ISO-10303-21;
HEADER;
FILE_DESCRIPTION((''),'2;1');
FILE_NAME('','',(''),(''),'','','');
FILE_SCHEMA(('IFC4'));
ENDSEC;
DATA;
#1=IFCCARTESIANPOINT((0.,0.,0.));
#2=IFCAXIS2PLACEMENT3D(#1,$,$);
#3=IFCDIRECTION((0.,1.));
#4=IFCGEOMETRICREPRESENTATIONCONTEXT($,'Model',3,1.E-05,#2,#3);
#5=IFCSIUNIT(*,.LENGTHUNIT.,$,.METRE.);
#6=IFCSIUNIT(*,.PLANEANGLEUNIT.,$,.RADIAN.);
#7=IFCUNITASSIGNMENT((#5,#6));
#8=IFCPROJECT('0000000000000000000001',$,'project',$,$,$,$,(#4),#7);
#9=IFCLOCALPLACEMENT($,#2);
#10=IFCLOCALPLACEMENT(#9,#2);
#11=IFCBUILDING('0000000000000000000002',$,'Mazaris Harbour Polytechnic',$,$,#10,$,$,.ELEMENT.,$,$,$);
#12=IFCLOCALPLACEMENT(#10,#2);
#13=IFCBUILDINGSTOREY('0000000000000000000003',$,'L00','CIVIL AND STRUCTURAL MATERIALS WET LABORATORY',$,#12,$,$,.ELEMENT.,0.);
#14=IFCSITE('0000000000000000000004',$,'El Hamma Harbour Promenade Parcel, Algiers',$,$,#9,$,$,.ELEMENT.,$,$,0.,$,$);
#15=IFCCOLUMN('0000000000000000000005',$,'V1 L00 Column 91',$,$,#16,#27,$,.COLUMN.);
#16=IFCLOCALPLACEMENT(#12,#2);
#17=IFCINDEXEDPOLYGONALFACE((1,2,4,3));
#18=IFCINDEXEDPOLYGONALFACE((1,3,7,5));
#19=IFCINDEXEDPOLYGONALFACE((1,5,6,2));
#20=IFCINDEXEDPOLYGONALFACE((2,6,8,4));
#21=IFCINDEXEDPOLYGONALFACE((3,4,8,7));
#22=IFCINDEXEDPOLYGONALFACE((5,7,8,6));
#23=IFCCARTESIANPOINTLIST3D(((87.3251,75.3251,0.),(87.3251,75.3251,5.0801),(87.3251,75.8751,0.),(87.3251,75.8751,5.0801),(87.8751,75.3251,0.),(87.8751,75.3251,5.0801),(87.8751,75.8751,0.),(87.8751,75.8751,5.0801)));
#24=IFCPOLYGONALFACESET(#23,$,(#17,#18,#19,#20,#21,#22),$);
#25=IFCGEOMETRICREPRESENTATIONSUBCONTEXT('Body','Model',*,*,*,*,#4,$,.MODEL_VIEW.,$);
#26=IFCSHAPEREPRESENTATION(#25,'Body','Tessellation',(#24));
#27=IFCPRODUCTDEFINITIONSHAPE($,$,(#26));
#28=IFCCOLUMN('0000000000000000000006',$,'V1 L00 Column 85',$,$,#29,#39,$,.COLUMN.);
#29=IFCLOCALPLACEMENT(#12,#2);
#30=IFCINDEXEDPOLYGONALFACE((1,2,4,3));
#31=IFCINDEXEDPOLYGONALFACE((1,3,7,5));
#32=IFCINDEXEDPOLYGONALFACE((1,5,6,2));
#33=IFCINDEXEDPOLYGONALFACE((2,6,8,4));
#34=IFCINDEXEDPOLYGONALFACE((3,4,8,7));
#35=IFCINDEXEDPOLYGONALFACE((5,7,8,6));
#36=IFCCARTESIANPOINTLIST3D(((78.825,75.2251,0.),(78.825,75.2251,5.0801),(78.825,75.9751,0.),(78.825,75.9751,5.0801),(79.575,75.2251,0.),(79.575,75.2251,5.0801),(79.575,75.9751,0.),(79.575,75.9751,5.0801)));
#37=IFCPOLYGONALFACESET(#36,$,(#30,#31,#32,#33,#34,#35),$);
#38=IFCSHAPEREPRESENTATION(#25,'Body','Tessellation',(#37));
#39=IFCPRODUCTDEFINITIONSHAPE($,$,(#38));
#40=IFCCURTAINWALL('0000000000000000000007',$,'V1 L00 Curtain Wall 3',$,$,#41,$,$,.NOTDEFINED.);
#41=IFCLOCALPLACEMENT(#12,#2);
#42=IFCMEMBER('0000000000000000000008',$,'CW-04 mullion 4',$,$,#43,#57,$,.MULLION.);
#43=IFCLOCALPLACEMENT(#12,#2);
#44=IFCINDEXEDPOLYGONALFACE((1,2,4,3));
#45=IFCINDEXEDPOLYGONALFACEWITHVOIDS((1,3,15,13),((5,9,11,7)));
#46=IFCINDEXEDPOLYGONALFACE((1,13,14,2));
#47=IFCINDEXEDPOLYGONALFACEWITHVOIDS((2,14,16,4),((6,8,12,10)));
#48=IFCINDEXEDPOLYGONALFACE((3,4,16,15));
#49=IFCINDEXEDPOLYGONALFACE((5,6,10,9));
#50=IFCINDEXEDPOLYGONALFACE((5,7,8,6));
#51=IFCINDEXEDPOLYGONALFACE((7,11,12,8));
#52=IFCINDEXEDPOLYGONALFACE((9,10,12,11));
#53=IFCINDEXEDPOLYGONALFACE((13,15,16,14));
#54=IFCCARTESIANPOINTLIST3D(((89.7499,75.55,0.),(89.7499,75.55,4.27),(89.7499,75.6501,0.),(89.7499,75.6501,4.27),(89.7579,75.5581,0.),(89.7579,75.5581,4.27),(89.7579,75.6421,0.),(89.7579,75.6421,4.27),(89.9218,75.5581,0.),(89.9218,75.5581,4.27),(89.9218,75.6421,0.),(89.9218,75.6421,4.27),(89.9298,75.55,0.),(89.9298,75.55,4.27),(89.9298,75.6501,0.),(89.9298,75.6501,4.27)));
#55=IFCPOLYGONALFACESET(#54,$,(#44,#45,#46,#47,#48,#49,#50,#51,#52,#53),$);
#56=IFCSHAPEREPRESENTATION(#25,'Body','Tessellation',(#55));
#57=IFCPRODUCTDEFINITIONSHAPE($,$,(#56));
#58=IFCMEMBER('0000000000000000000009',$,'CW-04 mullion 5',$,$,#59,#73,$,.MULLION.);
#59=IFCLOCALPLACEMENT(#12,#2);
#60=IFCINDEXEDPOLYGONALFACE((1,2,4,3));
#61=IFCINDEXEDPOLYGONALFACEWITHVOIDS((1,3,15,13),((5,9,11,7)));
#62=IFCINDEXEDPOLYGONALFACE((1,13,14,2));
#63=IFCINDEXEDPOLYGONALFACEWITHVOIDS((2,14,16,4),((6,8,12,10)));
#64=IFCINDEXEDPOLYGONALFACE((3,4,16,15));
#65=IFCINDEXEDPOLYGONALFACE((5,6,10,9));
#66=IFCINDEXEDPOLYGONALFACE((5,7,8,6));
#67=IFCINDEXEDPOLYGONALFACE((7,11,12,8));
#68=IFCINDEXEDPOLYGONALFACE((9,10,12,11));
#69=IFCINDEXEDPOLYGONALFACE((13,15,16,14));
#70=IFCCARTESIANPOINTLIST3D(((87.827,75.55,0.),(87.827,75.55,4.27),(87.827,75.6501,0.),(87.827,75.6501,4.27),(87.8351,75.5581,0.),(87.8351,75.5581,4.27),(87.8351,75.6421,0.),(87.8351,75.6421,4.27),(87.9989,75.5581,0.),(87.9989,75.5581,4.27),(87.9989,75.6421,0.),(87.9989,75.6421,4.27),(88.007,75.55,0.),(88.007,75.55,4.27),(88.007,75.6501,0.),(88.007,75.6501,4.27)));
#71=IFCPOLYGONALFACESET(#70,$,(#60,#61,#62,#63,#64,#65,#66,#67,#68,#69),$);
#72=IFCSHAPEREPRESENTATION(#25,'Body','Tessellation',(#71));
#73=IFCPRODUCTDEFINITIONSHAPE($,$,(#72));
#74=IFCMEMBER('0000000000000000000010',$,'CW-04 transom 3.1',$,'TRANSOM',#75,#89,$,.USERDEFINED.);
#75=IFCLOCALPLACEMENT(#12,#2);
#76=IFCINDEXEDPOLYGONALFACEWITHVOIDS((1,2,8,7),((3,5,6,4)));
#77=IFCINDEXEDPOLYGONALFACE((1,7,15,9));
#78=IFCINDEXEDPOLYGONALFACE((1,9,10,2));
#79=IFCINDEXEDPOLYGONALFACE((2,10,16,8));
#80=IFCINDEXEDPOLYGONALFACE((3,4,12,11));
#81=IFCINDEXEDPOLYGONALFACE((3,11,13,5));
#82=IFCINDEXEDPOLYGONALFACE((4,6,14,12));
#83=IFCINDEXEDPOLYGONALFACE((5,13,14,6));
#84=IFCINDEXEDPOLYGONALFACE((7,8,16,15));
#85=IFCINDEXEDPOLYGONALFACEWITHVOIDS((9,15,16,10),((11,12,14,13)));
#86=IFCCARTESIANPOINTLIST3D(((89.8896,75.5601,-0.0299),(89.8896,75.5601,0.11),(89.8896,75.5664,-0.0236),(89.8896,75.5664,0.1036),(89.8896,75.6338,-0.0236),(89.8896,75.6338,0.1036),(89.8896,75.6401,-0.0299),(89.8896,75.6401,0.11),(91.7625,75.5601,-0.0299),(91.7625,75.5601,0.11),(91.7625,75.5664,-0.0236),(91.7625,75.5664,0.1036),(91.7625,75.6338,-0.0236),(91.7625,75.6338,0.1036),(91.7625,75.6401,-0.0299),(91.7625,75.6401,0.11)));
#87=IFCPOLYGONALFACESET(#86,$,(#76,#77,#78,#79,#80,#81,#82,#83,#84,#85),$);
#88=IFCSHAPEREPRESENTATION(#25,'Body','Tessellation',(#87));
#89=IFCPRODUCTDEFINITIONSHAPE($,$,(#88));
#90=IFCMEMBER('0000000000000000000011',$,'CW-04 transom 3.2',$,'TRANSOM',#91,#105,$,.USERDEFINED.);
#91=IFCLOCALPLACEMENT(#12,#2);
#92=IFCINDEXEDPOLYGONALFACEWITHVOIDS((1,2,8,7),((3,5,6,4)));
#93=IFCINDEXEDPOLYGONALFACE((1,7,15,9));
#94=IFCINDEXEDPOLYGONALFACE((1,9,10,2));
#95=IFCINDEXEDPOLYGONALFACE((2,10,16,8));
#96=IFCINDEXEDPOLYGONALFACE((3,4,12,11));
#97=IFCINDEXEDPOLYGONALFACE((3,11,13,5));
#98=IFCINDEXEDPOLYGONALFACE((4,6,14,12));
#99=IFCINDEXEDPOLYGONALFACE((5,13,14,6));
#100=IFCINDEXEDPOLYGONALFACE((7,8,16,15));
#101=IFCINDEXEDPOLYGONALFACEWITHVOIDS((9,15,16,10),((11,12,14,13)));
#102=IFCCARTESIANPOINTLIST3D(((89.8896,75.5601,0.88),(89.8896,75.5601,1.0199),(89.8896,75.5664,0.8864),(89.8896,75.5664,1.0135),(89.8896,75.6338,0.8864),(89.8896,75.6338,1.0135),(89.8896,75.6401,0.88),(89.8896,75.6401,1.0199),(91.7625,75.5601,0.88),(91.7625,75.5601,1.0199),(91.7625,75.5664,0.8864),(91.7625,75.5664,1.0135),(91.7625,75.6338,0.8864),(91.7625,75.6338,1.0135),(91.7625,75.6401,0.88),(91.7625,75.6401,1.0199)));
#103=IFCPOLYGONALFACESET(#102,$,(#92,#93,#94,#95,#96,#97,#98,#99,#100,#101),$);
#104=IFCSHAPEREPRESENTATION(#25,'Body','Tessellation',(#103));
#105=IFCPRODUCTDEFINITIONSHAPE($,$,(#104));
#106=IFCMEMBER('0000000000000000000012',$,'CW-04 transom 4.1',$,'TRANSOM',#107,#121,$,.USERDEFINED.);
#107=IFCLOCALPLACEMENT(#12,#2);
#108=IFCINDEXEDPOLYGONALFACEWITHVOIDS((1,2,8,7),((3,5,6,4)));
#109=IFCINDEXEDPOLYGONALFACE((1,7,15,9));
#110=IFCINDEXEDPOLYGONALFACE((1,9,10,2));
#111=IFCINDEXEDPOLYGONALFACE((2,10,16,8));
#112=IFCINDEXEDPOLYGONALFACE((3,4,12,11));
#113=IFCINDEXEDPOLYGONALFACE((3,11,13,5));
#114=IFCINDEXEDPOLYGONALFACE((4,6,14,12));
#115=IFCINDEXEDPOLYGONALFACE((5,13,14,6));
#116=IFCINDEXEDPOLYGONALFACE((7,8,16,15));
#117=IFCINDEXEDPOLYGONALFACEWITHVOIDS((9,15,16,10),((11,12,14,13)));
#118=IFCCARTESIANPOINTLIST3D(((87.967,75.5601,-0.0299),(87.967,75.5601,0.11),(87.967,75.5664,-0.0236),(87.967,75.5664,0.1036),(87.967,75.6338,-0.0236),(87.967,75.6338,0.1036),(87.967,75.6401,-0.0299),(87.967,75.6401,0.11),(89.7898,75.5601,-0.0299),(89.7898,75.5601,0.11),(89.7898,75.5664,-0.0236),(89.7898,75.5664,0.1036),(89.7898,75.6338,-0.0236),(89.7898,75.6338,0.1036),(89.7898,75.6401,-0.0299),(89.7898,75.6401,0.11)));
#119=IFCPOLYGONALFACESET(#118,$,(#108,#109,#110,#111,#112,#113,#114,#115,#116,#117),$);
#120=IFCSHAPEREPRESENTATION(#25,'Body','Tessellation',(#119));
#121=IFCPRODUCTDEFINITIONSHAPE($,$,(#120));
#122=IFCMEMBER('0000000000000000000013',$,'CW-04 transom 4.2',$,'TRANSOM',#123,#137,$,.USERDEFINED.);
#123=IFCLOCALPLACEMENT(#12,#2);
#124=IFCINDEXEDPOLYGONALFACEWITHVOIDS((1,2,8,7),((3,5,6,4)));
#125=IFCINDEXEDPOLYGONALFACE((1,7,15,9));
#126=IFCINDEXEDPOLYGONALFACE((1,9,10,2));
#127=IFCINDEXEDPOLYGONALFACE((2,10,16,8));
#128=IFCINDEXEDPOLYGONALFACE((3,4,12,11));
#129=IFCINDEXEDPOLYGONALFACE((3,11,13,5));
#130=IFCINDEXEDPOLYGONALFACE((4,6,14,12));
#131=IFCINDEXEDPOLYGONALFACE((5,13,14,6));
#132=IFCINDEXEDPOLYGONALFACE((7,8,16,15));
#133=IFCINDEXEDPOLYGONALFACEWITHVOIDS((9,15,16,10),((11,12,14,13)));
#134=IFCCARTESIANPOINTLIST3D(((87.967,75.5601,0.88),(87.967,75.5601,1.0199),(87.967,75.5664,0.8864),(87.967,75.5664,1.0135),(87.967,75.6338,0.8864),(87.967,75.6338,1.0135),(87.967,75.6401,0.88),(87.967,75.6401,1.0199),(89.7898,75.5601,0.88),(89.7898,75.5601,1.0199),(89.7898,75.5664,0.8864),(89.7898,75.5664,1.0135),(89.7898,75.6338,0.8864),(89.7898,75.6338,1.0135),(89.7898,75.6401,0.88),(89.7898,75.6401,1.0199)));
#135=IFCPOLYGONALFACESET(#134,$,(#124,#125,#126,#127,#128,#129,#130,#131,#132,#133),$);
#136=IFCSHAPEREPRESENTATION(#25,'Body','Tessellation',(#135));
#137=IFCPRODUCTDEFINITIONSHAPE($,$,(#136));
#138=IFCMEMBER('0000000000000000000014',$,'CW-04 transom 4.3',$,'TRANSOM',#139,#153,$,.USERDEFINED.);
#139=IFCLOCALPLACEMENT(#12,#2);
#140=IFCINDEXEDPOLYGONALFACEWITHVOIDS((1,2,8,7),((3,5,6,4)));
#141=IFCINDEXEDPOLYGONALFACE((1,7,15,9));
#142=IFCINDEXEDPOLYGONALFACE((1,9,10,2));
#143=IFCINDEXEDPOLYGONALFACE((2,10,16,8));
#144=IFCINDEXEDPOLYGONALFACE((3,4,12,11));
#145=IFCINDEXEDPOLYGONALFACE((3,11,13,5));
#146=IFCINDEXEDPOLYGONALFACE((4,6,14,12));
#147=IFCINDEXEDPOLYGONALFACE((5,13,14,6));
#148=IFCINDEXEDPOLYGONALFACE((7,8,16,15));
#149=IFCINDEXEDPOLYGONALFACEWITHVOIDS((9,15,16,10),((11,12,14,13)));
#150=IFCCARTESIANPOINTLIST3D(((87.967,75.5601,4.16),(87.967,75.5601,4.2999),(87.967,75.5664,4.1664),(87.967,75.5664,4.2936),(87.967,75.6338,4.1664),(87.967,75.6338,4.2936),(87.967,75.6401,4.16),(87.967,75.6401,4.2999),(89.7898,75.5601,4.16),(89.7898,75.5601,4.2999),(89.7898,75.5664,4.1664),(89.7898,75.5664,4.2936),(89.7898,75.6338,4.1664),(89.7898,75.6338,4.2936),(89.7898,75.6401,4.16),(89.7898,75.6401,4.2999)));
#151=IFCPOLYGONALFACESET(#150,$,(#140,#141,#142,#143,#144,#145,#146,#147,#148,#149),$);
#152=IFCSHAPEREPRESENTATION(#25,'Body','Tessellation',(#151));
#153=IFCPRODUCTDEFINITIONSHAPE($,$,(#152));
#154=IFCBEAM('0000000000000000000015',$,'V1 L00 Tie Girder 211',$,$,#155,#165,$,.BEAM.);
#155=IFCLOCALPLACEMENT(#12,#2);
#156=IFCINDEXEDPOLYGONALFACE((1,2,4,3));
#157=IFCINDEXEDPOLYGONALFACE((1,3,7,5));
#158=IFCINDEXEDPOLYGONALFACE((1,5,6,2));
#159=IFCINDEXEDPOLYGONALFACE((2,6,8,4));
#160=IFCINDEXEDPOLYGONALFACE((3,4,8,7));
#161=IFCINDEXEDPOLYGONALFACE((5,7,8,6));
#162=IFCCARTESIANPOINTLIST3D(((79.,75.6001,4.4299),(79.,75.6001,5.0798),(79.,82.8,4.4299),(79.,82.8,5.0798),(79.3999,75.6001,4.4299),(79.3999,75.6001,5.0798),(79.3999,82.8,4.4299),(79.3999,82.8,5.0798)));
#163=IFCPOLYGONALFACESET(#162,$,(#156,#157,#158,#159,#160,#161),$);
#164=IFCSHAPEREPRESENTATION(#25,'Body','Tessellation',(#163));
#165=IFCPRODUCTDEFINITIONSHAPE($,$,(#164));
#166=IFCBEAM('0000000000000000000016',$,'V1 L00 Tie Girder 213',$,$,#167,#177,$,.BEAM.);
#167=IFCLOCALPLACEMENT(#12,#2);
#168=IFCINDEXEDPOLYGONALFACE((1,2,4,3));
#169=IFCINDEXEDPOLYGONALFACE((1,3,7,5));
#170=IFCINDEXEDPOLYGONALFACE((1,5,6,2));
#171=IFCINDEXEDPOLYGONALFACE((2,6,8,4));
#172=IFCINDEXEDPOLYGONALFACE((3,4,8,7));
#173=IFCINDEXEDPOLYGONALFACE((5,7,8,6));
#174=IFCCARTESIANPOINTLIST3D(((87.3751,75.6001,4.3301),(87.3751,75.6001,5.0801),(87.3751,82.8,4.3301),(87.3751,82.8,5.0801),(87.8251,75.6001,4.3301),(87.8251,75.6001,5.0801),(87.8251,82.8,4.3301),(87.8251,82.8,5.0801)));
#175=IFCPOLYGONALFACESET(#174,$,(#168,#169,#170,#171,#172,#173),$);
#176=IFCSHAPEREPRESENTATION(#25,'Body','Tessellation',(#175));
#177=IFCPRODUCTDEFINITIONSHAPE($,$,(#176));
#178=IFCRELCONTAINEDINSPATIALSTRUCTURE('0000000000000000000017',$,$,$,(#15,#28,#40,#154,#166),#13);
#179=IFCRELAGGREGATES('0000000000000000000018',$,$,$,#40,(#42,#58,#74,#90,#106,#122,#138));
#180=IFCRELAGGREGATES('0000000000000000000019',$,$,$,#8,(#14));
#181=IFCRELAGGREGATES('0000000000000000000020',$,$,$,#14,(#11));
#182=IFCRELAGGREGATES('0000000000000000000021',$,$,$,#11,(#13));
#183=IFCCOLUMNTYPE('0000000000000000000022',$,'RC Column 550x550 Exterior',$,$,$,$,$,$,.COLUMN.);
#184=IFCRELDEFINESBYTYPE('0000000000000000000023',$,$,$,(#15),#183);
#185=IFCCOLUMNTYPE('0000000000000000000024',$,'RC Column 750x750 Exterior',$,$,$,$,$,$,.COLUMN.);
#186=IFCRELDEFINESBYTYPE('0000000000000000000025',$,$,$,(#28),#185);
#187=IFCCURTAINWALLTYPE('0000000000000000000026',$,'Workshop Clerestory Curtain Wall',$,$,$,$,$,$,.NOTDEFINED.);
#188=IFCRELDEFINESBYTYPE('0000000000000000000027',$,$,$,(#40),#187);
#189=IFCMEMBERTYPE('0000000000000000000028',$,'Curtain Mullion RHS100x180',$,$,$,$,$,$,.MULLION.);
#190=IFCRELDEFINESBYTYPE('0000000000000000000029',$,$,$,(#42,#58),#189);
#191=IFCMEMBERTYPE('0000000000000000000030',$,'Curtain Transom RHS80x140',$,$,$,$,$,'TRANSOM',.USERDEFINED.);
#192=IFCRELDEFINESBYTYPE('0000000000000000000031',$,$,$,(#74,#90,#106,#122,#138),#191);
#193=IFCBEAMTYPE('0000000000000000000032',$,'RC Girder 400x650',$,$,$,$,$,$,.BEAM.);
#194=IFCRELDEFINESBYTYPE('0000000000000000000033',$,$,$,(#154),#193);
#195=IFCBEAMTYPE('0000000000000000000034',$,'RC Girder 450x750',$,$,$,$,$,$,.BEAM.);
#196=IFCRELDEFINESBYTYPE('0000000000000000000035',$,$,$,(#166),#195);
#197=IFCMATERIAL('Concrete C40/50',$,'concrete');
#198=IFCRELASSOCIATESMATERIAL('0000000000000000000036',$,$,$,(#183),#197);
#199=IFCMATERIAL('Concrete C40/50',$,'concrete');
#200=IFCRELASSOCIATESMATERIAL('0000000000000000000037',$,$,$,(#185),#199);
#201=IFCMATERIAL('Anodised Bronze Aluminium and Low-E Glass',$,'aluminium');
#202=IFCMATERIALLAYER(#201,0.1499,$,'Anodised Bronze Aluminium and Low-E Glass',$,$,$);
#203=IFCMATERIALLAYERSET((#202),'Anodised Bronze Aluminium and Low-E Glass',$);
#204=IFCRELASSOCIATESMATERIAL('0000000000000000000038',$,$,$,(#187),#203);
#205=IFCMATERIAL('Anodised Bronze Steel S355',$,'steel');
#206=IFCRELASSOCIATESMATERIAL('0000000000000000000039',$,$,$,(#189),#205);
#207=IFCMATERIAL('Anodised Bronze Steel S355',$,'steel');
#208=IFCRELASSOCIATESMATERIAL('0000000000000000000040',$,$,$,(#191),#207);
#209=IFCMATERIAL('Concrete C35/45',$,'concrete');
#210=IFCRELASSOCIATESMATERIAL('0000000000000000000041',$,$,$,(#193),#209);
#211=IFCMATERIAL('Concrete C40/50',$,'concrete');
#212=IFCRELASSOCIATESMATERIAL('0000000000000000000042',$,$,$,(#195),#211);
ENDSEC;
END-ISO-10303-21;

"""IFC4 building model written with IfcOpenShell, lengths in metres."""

from ifc_helpers import new_model, si_unit, direction, frame, origin, origin_2d, place, context, subcontext, project, spatial, rectangle, hollow_rectangle, extrude, material, layer, layer_set, material_profile, profile_set, type_object, element, aggregate, save


model = new_model("IFC4")

# Units and contexts
model_context = context("Model", 3, precision=1e-05, world=origin(), true_north=direction((0.0, 1.0)))
body_context = subcontext(model_context, "Body", "Model", "MODEL_VIEW")
ifc_project = project(units=[si_unit("LENGTHUNIT", "METRE"), si_unit("PLANEANGLEUNIT", "RADIAN")], contexts=[model_context])

# Site, building, storey
site_placement = place(None, origin())
site = spatial("IfcSite", under=ifc_project, at=site_placement, Name="El Hamma Harbour Promenade Parcel, Algiers", CompositionType="ELEMENT", RefElevation=0.0)
building_placement = place(site_placement, origin())
building = spatial("IfcBuilding", under=site, at=building_placement, Name="Mazaris Harbour Polytechnic", CompositionType="ELEMENT")
storey_placement = place(building_placement, origin())
storey = spatial("IfcBuildingStorey", under=building, at=storey_placement, Name="L00", Description="CIVIL AND STRUCTURAL MATERIALS WET LABORATORY", CompositionType="ELEMENT", Elevation=0.0)

# Columns
ifc_material_1 = material(Name="Concrete C40/50", Category="concrete")
ifc_material_profile_1 = material_profile(ifc_material_1, rectangle(XDim=0.55, YDim=0.55, at=origin_2d()), Name="RECT550x550")
ifc_profile_set_1 = profile_set([ifc_material_profile_1], Name="Concrete C40/50")
column_type_1 = type_object("IfcColumnType", Name="RC Column 550x550 Exterior", PredefinedType="COLUMN", material=ifc_profile_set_1)
column_1_placement = place(storey_placement, frame((87.6001, 75.6001, 0.0), z_axis=(0.0, 0.0, 1.0), x_axis=(1.0, 0.0, 0.0)))
element("IfcColumn", 1, at=column_1_placement, inside=storey, type_object=column_type_1, Name="V1 L00 Column 91", PredefinedType="COLUMN", context=body_context, shape_type="SweptSolid", body=[
    extrude(rectangle(XDim=0.55, YDim=0.55, at=origin_2d()), origin(), (0.0, 0.0, 1.0), 5.0801),
])
ifc_material_2 = material(Name="Concrete C40/50", Category="concrete")
ifc_material_profile_2 = material_profile(ifc_material_2, rectangle(XDim=0.75, YDim=0.75, at=origin_2d()), Name="RECT750x750")
ifc_profile_set_2 = profile_set([ifc_material_profile_2], Name="Concrete C40/50")
column_type_2 = type_object("IfcColumnType", Name="RC Column 750x750 Exterior", PredefinedType="COLUMN", material=ifc_profile_set_2)
column_2_placement = place(storey_placement, frame((79.2, 75.6001, 0.0), z_axis=(0.0, 0.0, 1.0), x_axis=(1.0, 0.0, 0.0)))
element("IfcColumn", 2, at=column_2_placement, inside=storey, type_object=column_type_2, Name="V1 L00 Column 85", PredefinedType="COLUMN", context=body_context, shape_type="SweptSolid", body=[
    extrude(rectangle(XDim=0.75, YDim=0.75, at=origin_2d()), origin(), (0.0, 0.0, 1.0), 5.0801),
])

# Curtain wall, members
ifc_material_3 = material(Name="Anodised Bronze Aluminium and Low-E Glass", Category="aluminium")
ifc_layer_1 = layer(ifc_material_3, 0.1499, Name="Anodised Bronze Aluminium and Low-E Glass")
ifc_layer_set_1 = layer_set([ifc_layer_1], Name="Anodised Bronze Aluminium and Low-E Glass")
curtain_wall_type = type_object("IfcCurtainWallType", Name="Workshop Clerestory Curtain Wall", PredefinedType="NOTDEFINED", material=ifc_layer_set_1)
curtain_wall_placement = place(storey_placement, origin())
curtain_wall = element("IfcCurtainWall", 3, at=curtain_wall_placement, inside=storey, type_object=curtain_wall_type, Name="V1 L00 Curtain Wall 3", PredefinedType="NOTDEFINED")
ifc_material_4 = material(Name="Anodised Bronze Steel S355", Category="steel")
ifc_material_profile_3 = material_profile(ifc_material_4, hollow_rectangle(XDim=0.1001, YDim=0.1799, WallThickness=0.0081, at=origin_2d()), Name="RHS 100x180x8.0")
ifc_profile_set_3 = profile_set([ifc_material_profile_3], Name="Anodised Bronze Steel S355")
member_type_1 = type_object("IfcMemberType", Name="Curtain Mullion RHS100x180", PredefinedType="MULLION", material=ifc_profile_set_3)
member_1_placement = place(storey_placement, frame((89.8398, 75.6001, 0.0), z_axis=(0.0, 0.0, 1.0), x_axis=(0.0, -1.0, 0.0)))
member_1 = element("IfcMember", 4, at=member_1_placement, type_object=member_type_1, Name="CW-04 mullion 4", PredefinedType="MULLION", context=body_context, shape_type="SweptSolid", body=[
    extrude(hollow_rectangle(XDim=0.1001, YDim=0.1799, WallThickness=0.0081, at=origin_2d()), origin(), (0.0, 0.0, 1.0), 4.27),
])
member_2_placement = place(storey_placement, frame((87.917, 75.6001, 0.0), z_axis=(0.0, 0.0, 1.0), x_axis=(0.0, -1.0, 0.0)))
member_2 = element("IfcMember", 5, at=member_2_placement, type_object=member_type_1, Name="CW-04 mullion 5", PredefinedType="MULLION", context=body_context, shape_type="SweptSolid", body=[
    extrude(hollow_rectangle(XDim=0.1001, YDim=0.1799, WallThickness=0.0081, at=origin_2d()), origin(), (0.0, 0.0, 1.0), 4.27),
])
ifc_material_5 = material(Name="Anodised Bronze Steel S355", Category="steel")
ifc_material_profile_4 = material_profile(ifc_material_5, hollow_rectangle(XDim=0.0801, YDim=0.1399, WallThickness=0.0063, at=origin_2d()), Name="RHS 80x140x6.3")
ifc_profile_set_4 = profile_set([ifc_material_profile_4], Name="Anodised Bronze Steel S355")
member_type_2 = type_object("IfcMemberType", Name="Curtain Transom RHS80x140", ElementType="TRANSOM", PredefinedType="USERDEFINED", material=ifc_profile_set_4)
member_3_placement = place(storey_placement, frame((91.7625, 75.6001, 0.04), z_axis=(-1.0, 0.0, 0.0), x_axis=(0.0, -1.0, 0.0)))
member_3 = element("IfcMember", 6, at=member_3_placement, type_object=member_type_2, Name="CW-04 transom 3.1", ObjectType="TRANSOM", PredefinedType="USERDEFINED", context=body_context, shape_type="SweptSolid", body=[
    extrude(hollow_rectangle(XDim=0.0801, YDim=0.1399, WallThickness=0.0063, at=origin_2d()), origin(), (0.0, 0.0, 1.0), 1.8728),
])
member_4_placement = place(storey_placement, frame((91.7625, 75.6001, 0.95), z_axis=(-1.0, 0.0, 0.0), x_axis=(0.0, -1.0, 0.0)))
member_4 = element("IfcMember", 7, at=member_4_placement, type_object=member_type_2, Name="CW-04 transom 3.2", ObjectType="TRANSOM", PredefinedType="USERDEFINED", context=body_context, shape_type="SweptSolid", body=[
    extrude(hollow_rectangle(XDim=0.0801, YDim=0.1399, WallThickness=0.0063, at=origin_2d()), origin(), (0.0, 0.0, 1.0), 1.8728),
])
member_5_placement = place(storey_placement, frame((89.7898, 75.6001, 0.04), z_axis=(-1.0, 0.0, 0.0), x_axis=(0.0, -1.0, 0.0)))
member_5 = element("IfcMember", 8, at=member_5_placement, type_object=member_type_2, Name="CW-04 transom 4.1", ObjectType="TRANSOM", PredefinedType="USERDEFINED", context=body_context, shape_type="SweptSolid", body=[
    extrude(hollow_rectangle(XDim=0.0801, YDim=0.1399, WallThickness=0.0063, at=origin_2d()), origin(), (0.0, 0.0, 1.0), 1.8228),
])
member_6_placement = place(storey_placement, frame((89.7898, 75.6001, 0.95), z_axis=(-1.0, 0.0, 0.0), x_axis=(0.0, -1.0, 0.0)))
member_6 = element("IfcMember", 9, at=member_6_placement, type_object=member_type_2, Name="CW-04 transom 4.2", ObjectType="TRANSOM", PredefinedType="USERDEFINED", context=body_context, shape_type="SweptSolid", body=[
    extrude(hollow_rectangle(XDim=0.0801, YDim=0.1399, WallThickness=0.0063, at=origin_2d()), origin(), (0.0, 0.0, 1.0), 1.8228),
])
member_7_placement = place(storey_placement, frame((89.7898, 75.6001, 4.23), z_axis=(-1.0, 0.0, 0.0), x_axis=(0.0, -1.0, 0.0)))
member_7 = element("IfcMember", 10, at=member_7_placement, type_object=member_type_2, Name="CW-04 transom 4.3", ObjectType="TRANSOM", PredefinedType="USERDEFINED", context=body_context, shape_type="SweptSolid", body=[
    extrude(hollow_rectangle(XDim=0.0801, YDim=0.1399, WallThickness=0.0063, at=origin_2d()), origin(), (0.0, 0.0, 1.0), 1.8228),
])

# Beams
ifc_material_6 = material(Name="Concrete C35/45", Category="concrete")
ifc_material_profile_5 = material_profile(ifc_material_6, rectangle(XDim=0.3999, YDim=0.6499, at=origin_2d()), Name="RECT400x650")
ifc_profile_set_5 = profile_set([ifc_material_profile_5], Name="Concrete C35/45")
beam_type_1 = type_object("IfcBeamType", Name="RC Girder 400x650", PredefinedType="BEAM", material=ifc_profile_set_5)
beam_1_placement = place(storey_placement, frame((79.2, 75.6001, 4.7549), z_axis=(0.0, 1.0, 0.0), x_axis=(-1.0, 0.0, 0.0)))
element("IfcBeam", 11, at=beam_1_placement, inside=storey, type_object=beam_type_1, Name="V1 L00 Tie Girder 211", PredefinedType="BEAM", context=body_context, shape_type="SweptSolid", body=[
    extrude(rectangle(XDim=0.3999, YDim=0.6499, at=origin_2d()), origin(), (0.0, 0.0, 1.0), 7.2),
])
ifc_material_7 = material(Name="Concrete C40/50", Category="concrete")
ifc_material_profile_6 = material_profile(ifc_material_7, rectangle(XDim=0.45, YDim=0.75, at=origin_2d()), Name="RECT450x750")
ifc_profile_set_6 = profile_set([ifc_material_profile_6], Name="Concrete C40/50")
beam_type_2 = type_object("IfcBeamType", Name="RC Girder 450x750", PredefinedType="BEAM", material=ifc_profile_set_6)
beam_2_placement = place(storey_placement, frame((87.6001, 75.6001, 4.7051), z_axis=(0.0, 1.0, 0.0), x_axis=(-1.0, 0.0, 0.0)))
element("IfcBeam", 12, at=beam_2_placement, inside=storey, type_object=beam_type_2, Name="V1 L00 Tie Girder 213", PredefinedType="BEAM", context=body_context, shape_type="SweptSolid", body=[
    extrude(rectangle(XDim=0.45, YDim=0.75, at=origin_2d()), origin(), (0.0, 0.0, 1.0), 7.2),
])

aggregate(curtain_wall, [member_1, member_2, member_3, member_4, member_5, member_6, member_7])

save(model, "model.ifc")
